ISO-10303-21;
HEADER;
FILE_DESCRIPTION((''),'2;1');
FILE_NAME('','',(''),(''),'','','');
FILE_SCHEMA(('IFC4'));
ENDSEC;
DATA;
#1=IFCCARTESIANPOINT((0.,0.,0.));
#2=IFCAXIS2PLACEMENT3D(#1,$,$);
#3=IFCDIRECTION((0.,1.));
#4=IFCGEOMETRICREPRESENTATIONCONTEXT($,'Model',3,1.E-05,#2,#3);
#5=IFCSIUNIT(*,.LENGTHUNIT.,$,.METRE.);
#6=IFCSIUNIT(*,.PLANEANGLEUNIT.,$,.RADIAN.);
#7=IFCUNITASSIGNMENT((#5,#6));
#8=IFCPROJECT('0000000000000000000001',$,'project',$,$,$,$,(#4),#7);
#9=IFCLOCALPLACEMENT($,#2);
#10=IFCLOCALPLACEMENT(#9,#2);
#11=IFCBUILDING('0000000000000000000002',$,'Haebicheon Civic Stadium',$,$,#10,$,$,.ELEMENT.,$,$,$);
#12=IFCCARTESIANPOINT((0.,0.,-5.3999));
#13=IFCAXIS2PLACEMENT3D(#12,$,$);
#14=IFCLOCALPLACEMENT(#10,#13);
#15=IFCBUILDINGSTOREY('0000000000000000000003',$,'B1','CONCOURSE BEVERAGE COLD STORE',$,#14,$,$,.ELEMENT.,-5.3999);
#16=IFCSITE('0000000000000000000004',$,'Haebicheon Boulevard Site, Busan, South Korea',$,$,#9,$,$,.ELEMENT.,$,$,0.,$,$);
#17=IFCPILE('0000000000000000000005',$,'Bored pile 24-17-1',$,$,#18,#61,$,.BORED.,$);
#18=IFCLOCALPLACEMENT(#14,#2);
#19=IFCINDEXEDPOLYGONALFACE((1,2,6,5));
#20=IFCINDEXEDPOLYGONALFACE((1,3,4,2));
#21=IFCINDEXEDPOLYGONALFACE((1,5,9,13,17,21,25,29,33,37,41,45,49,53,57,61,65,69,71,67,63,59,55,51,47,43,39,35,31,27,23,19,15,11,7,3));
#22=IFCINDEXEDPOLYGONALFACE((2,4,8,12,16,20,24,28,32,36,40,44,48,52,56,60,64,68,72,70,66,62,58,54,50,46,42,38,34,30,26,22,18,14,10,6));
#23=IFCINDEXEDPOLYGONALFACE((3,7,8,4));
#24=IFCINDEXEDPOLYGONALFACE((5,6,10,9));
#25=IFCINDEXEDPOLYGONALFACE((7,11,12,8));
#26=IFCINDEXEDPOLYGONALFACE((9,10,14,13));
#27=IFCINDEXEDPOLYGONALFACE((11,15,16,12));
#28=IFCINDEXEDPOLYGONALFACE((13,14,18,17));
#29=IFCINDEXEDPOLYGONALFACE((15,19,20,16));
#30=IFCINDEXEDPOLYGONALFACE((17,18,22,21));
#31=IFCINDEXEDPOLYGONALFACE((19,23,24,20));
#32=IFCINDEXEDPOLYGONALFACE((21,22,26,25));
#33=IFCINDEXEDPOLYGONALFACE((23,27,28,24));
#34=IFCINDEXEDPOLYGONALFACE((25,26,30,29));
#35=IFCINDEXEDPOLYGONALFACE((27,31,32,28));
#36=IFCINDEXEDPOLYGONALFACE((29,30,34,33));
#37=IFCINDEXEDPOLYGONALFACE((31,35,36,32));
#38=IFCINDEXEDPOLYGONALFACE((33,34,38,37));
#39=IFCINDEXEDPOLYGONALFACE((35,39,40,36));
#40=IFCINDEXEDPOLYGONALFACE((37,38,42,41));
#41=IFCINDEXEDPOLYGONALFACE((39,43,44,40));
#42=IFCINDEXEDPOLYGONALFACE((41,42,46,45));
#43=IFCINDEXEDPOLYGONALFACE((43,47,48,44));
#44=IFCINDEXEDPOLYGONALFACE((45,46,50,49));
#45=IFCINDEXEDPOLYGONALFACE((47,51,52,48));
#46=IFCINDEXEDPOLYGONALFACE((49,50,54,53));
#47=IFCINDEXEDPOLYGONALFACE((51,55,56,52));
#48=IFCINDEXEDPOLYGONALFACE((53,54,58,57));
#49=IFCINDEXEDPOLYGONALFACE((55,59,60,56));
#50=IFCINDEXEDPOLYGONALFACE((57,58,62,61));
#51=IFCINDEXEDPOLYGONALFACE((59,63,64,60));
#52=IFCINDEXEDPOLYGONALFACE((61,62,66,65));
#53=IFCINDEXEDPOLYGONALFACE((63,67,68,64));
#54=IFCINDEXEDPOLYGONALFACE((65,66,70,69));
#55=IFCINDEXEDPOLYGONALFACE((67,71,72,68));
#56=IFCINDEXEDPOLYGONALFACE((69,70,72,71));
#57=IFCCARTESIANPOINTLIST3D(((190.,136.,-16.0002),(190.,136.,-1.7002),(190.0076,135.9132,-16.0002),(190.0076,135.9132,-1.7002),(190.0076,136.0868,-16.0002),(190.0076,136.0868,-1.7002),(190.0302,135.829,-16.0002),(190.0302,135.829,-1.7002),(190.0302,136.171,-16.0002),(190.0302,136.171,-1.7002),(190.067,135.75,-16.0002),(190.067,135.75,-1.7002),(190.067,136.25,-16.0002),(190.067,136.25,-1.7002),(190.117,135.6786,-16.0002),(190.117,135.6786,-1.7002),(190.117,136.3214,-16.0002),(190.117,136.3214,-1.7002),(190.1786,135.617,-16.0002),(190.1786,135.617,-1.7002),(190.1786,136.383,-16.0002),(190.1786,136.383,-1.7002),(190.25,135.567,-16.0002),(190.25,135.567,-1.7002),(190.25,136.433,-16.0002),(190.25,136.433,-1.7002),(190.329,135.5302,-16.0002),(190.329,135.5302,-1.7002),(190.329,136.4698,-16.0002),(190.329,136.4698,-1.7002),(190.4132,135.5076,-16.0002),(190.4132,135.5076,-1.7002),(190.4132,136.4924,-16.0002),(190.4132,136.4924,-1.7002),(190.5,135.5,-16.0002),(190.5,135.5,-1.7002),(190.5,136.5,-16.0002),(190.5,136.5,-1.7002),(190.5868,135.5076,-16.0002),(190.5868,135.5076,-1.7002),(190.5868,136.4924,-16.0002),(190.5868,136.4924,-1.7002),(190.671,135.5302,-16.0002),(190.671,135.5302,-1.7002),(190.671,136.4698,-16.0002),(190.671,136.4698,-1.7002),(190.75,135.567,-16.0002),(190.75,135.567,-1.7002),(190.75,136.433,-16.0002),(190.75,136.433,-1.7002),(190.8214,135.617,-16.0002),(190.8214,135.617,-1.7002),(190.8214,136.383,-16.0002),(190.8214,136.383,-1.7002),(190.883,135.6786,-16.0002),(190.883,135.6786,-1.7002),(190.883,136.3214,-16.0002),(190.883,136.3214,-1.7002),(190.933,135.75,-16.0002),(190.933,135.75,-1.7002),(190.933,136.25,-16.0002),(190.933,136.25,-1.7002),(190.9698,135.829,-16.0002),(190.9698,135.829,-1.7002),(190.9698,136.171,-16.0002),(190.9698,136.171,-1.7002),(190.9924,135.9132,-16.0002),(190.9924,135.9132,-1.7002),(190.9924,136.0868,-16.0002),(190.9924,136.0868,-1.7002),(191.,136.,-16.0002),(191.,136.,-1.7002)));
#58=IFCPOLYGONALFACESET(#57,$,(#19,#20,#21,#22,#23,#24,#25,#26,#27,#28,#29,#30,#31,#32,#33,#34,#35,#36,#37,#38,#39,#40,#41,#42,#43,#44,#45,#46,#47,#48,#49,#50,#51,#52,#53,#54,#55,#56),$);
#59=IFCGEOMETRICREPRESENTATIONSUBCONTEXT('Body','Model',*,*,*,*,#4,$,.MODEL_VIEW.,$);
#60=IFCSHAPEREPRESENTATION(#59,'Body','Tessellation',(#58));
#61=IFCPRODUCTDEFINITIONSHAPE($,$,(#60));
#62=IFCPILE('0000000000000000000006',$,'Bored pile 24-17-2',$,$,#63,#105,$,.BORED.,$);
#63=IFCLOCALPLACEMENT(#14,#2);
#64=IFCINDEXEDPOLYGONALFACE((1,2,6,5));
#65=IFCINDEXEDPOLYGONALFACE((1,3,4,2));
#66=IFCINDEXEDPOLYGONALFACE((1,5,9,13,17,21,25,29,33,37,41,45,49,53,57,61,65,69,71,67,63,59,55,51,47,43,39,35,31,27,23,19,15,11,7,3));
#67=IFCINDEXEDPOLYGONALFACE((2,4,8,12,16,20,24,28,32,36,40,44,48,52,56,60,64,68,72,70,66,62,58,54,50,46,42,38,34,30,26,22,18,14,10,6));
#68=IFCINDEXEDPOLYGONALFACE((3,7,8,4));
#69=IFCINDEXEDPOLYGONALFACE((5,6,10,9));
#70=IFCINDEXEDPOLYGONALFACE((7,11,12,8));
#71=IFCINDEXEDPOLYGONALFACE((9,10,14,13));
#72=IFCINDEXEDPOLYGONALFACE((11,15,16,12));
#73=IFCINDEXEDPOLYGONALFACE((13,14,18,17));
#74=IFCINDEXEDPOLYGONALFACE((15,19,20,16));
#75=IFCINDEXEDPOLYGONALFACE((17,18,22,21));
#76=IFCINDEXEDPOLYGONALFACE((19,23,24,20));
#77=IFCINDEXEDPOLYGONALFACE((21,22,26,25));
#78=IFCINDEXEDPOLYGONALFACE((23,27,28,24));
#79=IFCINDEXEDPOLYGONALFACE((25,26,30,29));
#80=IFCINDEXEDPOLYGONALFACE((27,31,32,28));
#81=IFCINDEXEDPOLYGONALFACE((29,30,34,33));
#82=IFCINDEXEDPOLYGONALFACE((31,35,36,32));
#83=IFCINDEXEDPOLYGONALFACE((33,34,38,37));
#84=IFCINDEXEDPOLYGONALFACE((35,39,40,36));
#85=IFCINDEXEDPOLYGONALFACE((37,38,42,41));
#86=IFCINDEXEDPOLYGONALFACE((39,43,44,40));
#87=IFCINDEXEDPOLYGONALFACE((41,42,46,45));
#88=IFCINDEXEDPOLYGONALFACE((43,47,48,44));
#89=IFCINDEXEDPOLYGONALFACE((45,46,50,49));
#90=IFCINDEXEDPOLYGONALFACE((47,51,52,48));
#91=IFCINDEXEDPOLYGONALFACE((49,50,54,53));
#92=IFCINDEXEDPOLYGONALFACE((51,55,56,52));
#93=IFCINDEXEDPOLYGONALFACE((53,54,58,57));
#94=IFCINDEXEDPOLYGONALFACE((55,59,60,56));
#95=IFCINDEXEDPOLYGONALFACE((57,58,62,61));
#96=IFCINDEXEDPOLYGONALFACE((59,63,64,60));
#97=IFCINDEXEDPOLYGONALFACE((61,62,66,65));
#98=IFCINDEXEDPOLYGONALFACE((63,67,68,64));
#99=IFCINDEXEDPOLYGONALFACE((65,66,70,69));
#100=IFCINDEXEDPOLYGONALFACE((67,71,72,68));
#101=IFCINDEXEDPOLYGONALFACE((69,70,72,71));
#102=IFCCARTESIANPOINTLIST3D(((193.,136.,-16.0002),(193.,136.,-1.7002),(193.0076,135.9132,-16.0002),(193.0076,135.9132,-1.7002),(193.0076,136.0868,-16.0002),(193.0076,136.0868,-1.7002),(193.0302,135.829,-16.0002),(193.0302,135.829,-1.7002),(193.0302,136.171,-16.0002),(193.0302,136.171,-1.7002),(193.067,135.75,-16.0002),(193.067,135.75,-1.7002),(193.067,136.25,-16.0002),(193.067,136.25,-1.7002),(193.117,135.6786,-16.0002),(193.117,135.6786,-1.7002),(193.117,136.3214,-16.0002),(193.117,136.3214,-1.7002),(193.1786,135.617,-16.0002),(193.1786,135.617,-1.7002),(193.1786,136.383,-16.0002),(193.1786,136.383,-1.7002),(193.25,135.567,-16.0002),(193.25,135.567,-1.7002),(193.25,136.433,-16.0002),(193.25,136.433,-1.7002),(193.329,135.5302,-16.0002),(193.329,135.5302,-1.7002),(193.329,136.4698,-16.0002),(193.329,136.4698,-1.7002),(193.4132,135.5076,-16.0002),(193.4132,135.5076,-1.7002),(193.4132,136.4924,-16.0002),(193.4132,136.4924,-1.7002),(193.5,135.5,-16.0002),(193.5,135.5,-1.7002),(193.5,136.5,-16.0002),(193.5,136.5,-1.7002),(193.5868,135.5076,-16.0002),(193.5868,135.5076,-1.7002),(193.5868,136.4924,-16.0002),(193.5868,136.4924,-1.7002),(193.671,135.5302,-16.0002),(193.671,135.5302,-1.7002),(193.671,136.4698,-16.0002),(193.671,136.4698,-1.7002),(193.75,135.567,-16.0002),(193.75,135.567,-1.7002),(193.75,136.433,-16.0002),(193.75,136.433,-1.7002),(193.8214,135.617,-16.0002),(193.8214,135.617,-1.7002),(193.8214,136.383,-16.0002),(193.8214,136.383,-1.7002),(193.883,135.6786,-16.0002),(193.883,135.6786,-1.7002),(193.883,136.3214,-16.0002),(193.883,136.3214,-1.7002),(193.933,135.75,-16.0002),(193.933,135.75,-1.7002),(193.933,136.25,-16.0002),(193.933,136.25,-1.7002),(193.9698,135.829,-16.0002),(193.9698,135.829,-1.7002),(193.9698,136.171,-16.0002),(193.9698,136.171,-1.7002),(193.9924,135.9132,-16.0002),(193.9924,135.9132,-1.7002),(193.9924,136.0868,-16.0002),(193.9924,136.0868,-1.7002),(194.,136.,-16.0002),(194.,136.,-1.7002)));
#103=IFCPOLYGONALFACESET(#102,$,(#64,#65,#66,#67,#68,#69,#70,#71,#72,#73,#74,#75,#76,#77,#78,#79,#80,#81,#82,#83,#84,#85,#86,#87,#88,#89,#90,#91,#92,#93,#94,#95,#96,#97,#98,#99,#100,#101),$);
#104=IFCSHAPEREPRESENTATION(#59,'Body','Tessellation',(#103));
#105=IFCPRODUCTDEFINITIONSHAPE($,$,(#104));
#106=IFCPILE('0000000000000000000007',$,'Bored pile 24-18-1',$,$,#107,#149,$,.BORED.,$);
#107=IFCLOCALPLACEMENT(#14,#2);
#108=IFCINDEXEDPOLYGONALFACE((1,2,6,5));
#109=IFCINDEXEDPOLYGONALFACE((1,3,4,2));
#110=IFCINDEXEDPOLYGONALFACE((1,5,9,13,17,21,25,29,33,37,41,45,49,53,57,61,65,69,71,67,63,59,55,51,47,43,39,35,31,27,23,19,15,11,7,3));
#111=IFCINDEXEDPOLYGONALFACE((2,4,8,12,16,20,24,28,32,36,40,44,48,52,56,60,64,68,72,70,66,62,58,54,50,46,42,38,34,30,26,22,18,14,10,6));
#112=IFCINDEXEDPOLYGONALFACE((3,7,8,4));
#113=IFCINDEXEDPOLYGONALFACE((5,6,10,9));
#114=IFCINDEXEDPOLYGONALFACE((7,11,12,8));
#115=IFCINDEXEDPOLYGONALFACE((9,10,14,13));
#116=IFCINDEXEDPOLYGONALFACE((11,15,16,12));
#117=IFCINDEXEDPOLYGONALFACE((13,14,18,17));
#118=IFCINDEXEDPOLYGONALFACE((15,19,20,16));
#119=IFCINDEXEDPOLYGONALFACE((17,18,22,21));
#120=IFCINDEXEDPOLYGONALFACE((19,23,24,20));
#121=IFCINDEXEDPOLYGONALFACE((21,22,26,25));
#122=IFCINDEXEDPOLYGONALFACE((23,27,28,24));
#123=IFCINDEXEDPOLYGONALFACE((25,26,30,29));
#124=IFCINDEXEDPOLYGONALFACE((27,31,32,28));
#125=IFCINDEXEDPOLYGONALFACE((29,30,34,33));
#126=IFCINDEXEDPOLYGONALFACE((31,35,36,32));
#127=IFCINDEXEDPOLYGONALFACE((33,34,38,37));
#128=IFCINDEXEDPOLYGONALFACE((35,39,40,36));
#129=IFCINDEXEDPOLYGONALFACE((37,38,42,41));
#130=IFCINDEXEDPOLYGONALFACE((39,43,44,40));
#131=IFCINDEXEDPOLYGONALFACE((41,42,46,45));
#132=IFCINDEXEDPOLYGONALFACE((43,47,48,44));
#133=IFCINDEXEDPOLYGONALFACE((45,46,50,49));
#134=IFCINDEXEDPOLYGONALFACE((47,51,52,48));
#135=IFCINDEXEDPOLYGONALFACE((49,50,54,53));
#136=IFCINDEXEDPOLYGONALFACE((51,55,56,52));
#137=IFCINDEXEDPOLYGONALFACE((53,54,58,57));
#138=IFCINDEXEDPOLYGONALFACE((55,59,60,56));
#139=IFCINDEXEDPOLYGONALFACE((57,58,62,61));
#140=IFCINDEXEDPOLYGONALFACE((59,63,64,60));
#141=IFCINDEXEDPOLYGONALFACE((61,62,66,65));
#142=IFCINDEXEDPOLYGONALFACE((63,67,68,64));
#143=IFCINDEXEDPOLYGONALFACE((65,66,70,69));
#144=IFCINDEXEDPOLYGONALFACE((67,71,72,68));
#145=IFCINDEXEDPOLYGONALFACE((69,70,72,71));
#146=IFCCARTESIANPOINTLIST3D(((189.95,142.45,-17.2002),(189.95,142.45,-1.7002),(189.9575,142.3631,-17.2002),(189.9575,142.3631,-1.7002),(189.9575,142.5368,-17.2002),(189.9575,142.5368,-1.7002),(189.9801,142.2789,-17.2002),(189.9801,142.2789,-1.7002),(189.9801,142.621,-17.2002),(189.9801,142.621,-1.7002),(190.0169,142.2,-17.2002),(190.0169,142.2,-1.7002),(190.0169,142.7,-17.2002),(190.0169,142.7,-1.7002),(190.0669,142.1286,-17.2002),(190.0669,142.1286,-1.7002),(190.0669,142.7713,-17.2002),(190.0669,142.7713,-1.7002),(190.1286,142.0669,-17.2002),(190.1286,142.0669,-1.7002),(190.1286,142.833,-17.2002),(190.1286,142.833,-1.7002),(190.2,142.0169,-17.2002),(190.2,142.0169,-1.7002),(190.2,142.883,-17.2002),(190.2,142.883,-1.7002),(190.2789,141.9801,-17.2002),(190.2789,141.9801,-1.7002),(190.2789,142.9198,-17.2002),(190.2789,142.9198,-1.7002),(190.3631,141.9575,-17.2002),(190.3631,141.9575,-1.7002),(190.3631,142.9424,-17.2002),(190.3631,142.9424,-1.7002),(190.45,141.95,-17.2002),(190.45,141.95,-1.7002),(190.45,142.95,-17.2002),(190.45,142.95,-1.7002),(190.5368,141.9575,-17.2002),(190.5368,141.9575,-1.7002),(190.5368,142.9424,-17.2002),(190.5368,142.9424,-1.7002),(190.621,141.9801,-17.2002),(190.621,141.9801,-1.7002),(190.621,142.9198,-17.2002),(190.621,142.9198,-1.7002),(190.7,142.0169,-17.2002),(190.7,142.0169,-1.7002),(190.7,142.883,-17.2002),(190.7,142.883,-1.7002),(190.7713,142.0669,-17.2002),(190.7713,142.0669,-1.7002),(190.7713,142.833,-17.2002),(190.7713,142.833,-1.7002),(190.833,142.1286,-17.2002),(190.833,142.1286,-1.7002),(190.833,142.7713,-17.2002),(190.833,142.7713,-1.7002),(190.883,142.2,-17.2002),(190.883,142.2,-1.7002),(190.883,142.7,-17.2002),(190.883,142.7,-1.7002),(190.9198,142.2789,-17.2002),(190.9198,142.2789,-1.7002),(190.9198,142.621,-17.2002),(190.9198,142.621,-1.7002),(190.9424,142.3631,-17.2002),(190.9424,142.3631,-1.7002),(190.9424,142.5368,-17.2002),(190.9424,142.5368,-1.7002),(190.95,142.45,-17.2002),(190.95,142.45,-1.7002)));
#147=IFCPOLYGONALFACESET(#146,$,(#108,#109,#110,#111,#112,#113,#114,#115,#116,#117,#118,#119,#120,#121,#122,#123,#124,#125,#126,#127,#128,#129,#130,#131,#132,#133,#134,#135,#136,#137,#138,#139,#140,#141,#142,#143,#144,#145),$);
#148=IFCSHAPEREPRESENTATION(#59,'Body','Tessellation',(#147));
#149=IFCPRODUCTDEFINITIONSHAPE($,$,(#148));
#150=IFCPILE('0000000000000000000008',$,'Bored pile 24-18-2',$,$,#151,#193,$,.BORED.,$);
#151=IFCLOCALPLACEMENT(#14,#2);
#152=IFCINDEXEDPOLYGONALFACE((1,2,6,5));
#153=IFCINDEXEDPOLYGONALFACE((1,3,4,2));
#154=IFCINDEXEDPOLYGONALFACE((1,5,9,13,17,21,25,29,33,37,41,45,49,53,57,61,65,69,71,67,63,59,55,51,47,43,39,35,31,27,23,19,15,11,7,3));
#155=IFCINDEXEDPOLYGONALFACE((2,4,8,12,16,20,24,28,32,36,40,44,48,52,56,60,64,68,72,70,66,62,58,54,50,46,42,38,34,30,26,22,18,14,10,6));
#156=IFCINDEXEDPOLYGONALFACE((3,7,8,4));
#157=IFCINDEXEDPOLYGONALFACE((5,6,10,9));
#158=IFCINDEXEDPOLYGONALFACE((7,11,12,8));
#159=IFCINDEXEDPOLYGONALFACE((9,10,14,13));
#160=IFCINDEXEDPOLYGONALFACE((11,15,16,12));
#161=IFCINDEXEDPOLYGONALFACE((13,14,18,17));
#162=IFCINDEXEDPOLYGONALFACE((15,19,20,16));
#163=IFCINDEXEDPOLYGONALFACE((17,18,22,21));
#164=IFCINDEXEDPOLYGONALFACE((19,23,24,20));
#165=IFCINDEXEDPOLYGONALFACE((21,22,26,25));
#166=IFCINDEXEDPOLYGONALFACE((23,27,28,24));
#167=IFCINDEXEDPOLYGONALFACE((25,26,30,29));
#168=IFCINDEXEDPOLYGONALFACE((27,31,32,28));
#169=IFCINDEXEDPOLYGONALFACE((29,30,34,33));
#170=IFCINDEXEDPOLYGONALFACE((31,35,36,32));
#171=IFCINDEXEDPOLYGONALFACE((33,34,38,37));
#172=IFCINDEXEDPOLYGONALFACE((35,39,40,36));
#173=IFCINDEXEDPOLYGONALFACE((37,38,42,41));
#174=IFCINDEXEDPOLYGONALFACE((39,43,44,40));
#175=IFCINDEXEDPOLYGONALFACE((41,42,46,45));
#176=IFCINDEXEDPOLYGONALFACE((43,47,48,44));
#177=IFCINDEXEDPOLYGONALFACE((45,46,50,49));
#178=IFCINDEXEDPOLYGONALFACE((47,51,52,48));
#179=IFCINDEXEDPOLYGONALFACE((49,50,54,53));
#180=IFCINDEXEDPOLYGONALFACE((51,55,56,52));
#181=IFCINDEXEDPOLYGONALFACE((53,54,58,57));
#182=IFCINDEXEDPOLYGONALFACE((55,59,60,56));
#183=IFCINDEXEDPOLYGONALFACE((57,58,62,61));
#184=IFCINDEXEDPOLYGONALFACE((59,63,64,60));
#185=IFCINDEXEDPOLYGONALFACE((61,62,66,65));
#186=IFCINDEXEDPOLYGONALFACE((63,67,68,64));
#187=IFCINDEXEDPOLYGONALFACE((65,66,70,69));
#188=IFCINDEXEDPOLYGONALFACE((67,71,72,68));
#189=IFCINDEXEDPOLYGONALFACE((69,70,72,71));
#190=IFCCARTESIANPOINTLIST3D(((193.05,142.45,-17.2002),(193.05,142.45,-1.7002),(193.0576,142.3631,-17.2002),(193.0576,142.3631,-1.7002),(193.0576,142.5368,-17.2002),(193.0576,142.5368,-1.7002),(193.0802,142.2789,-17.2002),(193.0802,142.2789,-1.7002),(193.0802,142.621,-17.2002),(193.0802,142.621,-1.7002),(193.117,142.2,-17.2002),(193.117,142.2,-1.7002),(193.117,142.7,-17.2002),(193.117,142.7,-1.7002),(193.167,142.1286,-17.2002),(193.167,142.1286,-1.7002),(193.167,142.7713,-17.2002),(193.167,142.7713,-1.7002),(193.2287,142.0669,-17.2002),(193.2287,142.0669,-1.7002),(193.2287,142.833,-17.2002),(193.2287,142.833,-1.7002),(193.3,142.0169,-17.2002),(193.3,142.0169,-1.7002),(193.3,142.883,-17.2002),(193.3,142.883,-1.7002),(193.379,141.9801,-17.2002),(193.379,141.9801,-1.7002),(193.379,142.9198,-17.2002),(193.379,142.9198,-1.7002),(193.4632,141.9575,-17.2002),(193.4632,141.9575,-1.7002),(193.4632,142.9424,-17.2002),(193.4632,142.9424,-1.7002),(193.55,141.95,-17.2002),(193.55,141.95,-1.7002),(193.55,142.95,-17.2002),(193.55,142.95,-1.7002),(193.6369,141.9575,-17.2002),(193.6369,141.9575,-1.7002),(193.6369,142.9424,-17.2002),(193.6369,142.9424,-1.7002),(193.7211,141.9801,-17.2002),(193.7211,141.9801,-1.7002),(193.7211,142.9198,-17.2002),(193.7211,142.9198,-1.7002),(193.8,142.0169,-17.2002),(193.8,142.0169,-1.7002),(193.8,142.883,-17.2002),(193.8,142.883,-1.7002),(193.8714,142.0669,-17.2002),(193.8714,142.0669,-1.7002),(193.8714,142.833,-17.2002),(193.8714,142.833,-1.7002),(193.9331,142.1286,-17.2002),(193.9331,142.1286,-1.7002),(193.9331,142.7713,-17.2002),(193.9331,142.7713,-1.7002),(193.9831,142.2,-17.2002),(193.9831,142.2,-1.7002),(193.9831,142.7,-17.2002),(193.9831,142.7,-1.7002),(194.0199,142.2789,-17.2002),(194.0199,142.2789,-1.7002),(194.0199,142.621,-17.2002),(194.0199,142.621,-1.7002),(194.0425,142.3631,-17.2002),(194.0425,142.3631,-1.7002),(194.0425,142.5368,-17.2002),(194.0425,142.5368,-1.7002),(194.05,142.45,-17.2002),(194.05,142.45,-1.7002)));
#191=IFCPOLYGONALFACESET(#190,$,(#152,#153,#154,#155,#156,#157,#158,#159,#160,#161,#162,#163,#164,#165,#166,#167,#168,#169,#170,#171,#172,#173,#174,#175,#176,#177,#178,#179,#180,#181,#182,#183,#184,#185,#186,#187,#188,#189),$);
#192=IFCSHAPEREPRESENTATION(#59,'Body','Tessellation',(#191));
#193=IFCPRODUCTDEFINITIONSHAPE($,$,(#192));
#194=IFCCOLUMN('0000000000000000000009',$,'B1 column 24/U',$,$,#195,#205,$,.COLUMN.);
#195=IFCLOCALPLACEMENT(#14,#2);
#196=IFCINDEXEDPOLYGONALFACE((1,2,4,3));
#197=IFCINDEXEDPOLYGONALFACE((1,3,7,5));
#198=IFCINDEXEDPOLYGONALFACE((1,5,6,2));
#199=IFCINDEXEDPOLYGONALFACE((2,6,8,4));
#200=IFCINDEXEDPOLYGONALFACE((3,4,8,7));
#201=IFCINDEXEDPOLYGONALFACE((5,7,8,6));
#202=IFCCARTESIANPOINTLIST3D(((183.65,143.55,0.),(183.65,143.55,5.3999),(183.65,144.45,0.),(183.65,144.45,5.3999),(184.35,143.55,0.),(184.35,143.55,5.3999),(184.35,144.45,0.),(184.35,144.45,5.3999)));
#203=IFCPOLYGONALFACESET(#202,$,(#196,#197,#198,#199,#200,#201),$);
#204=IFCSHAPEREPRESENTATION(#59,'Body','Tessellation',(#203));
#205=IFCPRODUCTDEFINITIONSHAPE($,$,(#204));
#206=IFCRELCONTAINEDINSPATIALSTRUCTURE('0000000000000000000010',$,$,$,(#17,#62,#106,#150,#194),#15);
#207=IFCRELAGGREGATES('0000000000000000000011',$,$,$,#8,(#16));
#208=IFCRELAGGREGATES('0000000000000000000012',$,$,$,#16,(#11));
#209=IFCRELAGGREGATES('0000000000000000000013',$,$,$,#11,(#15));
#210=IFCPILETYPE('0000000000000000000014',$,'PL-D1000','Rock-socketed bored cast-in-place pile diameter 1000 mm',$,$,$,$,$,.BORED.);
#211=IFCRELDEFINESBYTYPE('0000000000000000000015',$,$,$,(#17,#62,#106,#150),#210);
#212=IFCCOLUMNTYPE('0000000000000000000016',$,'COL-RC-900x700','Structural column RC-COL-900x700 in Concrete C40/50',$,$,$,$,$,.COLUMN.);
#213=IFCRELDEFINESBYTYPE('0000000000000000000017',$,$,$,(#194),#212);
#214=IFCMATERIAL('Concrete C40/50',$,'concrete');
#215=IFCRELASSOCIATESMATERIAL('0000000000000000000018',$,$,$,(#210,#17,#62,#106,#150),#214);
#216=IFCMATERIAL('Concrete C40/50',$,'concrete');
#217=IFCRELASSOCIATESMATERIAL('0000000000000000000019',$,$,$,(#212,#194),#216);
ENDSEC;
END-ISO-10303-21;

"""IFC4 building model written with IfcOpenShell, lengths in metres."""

from ifc_helpers import new_model, si_unit, direction, frame, origin, origin_2d, place, context, subcontext, project, spatial, rectangle, circle, extrude, material, material_profile, profile_set, type_object, element, save


model = new_model("IFC4")

# Units and contexts
model_context = context("Model", 3, precision=1e-05, world=origin(), true_north=direction((0.0, 1.0)))
body_context = subcontext(model_context, "Body", "Model", "MODEL_VIEW")
ifc_project = project(units=[si_unit("LENGTHUNIT", "METRE"), si_unit("PLANEANGLEUNIT", "RADIAN")], contexts=[model_context])

# Site, building, storey
site_placement = place(None, origin())
site = spatial("IfcSite", under=ifc_project, at=site_placement, Name="Haebicheon Boulevard Site, Busan, South Korea", CompositionType="ELEMENT", RefElevation=0.0)
building_placement = place(site_placement, origin())
building = spatial("IfcBuilding", under=site, at=building_placement, Name="Haebicheon Civic Stadium", CompositionType="ELEMENT")
storey_placement = place(building_placement, frame((0.0, 0.0, -5.3999)))
storey = spatial("IfcBuildingStorey", under=building, at=storey_placement, Name="B1", Description="CONCOURSE BEVERAGE COLD STORE", CompositionType="ELEMENT", Elevation=-5.3999)

# Piles
ifc_material_1 = material(Name="Concrete C40/50", Category="concrete")
ifc_material_profile_1 = material_profile(ifc_material_1, circle(Radius=0.5, at=origin_2d()), Name="PILE-D1000")
ifc_profile_set_1 = profile_set([ifc_material_profile_1], Name="Concrete C40/50")
pile_type = type_object("IfcPileType", Name="PL-D1000", Description="Rock-socketed bored cast-in-place pile diameter 1000 mm", PredefinedType="BORED", material=ifc_profile_set_1)
for number, where, z_axis, x_axis, name in (
    (1, (190.5, 136.0, -1.7002), (0.0, 0.0, -1.0), (1.0, 0.0, 0.0), "Bored pile 24-17-1"),
    (2, (193.5, 136.0, -1.7002), (0.0, 0.0, -1.0), (1.0, 0.0, 0.0), "Bored pile 24-17-2"),
):
    element("IfcPile", number, at=place(storey_placement, frame(where, z_axis=z_axis, x_axis=x_axis)), inside=storey, type_object=pile_type, material=ifc_profile_set_1, Name=name, PredefinedType="BORED", context=body_context, shape_type="SweptSolid", body=[
        extrude(circle(Radius=0.5, at=origin_2d()), origin(), (0.0, 0.0, 1.0), 14.3),
    ])
for number, where, z_axis, x_axis, name in (
    (3, (190.45, 142.45, -1.7002), (0.0, 0.0, -1.0), (1.0, 0.0, 0.0), "Bored pile 24-18-1"),
    (4, (193.55, 142.45, -1.7002), (0.0, 0.0, -1.0), (1.0, 0.0, 0.0), "Bored pile 24-18-2"),
):
    element("IfcPile", number, at=place(storey_placement, frame(where, z_axis=z_axis, x_axis=x_axis)), inside=storey, type_object=pile_type, material=ifc_profile_set_1, Name=name, PredefinedType="BORED", context=body_context, shape_type="SweptSolid", body=[
        extrude(circle(Radius=0.5, at=origin_2d()), origin(), (0.0, 0.0, 1.0), 15.5),
    ])

# Column
ifc_material_2 = material(Name="Concrete C40/50", Category="concrete")
ifc_material_profile_2 = material_profile(ifc_material_2, rectangle(XDim=0.7, YDim=0.8999, at=origin_2d()), Name="RC-COL-900x700")
ifc_profile_set_2 = profile_set([ifc_material_profile_2], Name="Concrete C40/50")
column_type = type_object("IfcColumnType", Name="COL-RC-900x700", Description="Structural column RC-COL-900x700 in Concrete C40/50", PredefinedType="COLUMN", material=ifc_profile_set_2)
for number, where, z_axis, x_axis, name in (
    (5, (184.0, 144.0, 0.0), (0.0, 0.0, 1.0), (1.0, 0.0, 0.0), "B1 column 24/U"),
):
    element("IfcColumn", number, at=place(storey_placement, frame(where, z_axis=z_axis, x_axis=x_axis)), inside=storey, type_object=column_type, material=ifc_profile_set_2, Name=name, PredefinedType="COLUMN", context=body_context, shape_type="SweptSolid", body=[
        extrude(rectangle(XDim=0.7, YDim=0.8999, at=origin_2d()), origin(), (0.0, 0.0, 1.0), 5.3999),
    ])

save(model, "model.ifc")
